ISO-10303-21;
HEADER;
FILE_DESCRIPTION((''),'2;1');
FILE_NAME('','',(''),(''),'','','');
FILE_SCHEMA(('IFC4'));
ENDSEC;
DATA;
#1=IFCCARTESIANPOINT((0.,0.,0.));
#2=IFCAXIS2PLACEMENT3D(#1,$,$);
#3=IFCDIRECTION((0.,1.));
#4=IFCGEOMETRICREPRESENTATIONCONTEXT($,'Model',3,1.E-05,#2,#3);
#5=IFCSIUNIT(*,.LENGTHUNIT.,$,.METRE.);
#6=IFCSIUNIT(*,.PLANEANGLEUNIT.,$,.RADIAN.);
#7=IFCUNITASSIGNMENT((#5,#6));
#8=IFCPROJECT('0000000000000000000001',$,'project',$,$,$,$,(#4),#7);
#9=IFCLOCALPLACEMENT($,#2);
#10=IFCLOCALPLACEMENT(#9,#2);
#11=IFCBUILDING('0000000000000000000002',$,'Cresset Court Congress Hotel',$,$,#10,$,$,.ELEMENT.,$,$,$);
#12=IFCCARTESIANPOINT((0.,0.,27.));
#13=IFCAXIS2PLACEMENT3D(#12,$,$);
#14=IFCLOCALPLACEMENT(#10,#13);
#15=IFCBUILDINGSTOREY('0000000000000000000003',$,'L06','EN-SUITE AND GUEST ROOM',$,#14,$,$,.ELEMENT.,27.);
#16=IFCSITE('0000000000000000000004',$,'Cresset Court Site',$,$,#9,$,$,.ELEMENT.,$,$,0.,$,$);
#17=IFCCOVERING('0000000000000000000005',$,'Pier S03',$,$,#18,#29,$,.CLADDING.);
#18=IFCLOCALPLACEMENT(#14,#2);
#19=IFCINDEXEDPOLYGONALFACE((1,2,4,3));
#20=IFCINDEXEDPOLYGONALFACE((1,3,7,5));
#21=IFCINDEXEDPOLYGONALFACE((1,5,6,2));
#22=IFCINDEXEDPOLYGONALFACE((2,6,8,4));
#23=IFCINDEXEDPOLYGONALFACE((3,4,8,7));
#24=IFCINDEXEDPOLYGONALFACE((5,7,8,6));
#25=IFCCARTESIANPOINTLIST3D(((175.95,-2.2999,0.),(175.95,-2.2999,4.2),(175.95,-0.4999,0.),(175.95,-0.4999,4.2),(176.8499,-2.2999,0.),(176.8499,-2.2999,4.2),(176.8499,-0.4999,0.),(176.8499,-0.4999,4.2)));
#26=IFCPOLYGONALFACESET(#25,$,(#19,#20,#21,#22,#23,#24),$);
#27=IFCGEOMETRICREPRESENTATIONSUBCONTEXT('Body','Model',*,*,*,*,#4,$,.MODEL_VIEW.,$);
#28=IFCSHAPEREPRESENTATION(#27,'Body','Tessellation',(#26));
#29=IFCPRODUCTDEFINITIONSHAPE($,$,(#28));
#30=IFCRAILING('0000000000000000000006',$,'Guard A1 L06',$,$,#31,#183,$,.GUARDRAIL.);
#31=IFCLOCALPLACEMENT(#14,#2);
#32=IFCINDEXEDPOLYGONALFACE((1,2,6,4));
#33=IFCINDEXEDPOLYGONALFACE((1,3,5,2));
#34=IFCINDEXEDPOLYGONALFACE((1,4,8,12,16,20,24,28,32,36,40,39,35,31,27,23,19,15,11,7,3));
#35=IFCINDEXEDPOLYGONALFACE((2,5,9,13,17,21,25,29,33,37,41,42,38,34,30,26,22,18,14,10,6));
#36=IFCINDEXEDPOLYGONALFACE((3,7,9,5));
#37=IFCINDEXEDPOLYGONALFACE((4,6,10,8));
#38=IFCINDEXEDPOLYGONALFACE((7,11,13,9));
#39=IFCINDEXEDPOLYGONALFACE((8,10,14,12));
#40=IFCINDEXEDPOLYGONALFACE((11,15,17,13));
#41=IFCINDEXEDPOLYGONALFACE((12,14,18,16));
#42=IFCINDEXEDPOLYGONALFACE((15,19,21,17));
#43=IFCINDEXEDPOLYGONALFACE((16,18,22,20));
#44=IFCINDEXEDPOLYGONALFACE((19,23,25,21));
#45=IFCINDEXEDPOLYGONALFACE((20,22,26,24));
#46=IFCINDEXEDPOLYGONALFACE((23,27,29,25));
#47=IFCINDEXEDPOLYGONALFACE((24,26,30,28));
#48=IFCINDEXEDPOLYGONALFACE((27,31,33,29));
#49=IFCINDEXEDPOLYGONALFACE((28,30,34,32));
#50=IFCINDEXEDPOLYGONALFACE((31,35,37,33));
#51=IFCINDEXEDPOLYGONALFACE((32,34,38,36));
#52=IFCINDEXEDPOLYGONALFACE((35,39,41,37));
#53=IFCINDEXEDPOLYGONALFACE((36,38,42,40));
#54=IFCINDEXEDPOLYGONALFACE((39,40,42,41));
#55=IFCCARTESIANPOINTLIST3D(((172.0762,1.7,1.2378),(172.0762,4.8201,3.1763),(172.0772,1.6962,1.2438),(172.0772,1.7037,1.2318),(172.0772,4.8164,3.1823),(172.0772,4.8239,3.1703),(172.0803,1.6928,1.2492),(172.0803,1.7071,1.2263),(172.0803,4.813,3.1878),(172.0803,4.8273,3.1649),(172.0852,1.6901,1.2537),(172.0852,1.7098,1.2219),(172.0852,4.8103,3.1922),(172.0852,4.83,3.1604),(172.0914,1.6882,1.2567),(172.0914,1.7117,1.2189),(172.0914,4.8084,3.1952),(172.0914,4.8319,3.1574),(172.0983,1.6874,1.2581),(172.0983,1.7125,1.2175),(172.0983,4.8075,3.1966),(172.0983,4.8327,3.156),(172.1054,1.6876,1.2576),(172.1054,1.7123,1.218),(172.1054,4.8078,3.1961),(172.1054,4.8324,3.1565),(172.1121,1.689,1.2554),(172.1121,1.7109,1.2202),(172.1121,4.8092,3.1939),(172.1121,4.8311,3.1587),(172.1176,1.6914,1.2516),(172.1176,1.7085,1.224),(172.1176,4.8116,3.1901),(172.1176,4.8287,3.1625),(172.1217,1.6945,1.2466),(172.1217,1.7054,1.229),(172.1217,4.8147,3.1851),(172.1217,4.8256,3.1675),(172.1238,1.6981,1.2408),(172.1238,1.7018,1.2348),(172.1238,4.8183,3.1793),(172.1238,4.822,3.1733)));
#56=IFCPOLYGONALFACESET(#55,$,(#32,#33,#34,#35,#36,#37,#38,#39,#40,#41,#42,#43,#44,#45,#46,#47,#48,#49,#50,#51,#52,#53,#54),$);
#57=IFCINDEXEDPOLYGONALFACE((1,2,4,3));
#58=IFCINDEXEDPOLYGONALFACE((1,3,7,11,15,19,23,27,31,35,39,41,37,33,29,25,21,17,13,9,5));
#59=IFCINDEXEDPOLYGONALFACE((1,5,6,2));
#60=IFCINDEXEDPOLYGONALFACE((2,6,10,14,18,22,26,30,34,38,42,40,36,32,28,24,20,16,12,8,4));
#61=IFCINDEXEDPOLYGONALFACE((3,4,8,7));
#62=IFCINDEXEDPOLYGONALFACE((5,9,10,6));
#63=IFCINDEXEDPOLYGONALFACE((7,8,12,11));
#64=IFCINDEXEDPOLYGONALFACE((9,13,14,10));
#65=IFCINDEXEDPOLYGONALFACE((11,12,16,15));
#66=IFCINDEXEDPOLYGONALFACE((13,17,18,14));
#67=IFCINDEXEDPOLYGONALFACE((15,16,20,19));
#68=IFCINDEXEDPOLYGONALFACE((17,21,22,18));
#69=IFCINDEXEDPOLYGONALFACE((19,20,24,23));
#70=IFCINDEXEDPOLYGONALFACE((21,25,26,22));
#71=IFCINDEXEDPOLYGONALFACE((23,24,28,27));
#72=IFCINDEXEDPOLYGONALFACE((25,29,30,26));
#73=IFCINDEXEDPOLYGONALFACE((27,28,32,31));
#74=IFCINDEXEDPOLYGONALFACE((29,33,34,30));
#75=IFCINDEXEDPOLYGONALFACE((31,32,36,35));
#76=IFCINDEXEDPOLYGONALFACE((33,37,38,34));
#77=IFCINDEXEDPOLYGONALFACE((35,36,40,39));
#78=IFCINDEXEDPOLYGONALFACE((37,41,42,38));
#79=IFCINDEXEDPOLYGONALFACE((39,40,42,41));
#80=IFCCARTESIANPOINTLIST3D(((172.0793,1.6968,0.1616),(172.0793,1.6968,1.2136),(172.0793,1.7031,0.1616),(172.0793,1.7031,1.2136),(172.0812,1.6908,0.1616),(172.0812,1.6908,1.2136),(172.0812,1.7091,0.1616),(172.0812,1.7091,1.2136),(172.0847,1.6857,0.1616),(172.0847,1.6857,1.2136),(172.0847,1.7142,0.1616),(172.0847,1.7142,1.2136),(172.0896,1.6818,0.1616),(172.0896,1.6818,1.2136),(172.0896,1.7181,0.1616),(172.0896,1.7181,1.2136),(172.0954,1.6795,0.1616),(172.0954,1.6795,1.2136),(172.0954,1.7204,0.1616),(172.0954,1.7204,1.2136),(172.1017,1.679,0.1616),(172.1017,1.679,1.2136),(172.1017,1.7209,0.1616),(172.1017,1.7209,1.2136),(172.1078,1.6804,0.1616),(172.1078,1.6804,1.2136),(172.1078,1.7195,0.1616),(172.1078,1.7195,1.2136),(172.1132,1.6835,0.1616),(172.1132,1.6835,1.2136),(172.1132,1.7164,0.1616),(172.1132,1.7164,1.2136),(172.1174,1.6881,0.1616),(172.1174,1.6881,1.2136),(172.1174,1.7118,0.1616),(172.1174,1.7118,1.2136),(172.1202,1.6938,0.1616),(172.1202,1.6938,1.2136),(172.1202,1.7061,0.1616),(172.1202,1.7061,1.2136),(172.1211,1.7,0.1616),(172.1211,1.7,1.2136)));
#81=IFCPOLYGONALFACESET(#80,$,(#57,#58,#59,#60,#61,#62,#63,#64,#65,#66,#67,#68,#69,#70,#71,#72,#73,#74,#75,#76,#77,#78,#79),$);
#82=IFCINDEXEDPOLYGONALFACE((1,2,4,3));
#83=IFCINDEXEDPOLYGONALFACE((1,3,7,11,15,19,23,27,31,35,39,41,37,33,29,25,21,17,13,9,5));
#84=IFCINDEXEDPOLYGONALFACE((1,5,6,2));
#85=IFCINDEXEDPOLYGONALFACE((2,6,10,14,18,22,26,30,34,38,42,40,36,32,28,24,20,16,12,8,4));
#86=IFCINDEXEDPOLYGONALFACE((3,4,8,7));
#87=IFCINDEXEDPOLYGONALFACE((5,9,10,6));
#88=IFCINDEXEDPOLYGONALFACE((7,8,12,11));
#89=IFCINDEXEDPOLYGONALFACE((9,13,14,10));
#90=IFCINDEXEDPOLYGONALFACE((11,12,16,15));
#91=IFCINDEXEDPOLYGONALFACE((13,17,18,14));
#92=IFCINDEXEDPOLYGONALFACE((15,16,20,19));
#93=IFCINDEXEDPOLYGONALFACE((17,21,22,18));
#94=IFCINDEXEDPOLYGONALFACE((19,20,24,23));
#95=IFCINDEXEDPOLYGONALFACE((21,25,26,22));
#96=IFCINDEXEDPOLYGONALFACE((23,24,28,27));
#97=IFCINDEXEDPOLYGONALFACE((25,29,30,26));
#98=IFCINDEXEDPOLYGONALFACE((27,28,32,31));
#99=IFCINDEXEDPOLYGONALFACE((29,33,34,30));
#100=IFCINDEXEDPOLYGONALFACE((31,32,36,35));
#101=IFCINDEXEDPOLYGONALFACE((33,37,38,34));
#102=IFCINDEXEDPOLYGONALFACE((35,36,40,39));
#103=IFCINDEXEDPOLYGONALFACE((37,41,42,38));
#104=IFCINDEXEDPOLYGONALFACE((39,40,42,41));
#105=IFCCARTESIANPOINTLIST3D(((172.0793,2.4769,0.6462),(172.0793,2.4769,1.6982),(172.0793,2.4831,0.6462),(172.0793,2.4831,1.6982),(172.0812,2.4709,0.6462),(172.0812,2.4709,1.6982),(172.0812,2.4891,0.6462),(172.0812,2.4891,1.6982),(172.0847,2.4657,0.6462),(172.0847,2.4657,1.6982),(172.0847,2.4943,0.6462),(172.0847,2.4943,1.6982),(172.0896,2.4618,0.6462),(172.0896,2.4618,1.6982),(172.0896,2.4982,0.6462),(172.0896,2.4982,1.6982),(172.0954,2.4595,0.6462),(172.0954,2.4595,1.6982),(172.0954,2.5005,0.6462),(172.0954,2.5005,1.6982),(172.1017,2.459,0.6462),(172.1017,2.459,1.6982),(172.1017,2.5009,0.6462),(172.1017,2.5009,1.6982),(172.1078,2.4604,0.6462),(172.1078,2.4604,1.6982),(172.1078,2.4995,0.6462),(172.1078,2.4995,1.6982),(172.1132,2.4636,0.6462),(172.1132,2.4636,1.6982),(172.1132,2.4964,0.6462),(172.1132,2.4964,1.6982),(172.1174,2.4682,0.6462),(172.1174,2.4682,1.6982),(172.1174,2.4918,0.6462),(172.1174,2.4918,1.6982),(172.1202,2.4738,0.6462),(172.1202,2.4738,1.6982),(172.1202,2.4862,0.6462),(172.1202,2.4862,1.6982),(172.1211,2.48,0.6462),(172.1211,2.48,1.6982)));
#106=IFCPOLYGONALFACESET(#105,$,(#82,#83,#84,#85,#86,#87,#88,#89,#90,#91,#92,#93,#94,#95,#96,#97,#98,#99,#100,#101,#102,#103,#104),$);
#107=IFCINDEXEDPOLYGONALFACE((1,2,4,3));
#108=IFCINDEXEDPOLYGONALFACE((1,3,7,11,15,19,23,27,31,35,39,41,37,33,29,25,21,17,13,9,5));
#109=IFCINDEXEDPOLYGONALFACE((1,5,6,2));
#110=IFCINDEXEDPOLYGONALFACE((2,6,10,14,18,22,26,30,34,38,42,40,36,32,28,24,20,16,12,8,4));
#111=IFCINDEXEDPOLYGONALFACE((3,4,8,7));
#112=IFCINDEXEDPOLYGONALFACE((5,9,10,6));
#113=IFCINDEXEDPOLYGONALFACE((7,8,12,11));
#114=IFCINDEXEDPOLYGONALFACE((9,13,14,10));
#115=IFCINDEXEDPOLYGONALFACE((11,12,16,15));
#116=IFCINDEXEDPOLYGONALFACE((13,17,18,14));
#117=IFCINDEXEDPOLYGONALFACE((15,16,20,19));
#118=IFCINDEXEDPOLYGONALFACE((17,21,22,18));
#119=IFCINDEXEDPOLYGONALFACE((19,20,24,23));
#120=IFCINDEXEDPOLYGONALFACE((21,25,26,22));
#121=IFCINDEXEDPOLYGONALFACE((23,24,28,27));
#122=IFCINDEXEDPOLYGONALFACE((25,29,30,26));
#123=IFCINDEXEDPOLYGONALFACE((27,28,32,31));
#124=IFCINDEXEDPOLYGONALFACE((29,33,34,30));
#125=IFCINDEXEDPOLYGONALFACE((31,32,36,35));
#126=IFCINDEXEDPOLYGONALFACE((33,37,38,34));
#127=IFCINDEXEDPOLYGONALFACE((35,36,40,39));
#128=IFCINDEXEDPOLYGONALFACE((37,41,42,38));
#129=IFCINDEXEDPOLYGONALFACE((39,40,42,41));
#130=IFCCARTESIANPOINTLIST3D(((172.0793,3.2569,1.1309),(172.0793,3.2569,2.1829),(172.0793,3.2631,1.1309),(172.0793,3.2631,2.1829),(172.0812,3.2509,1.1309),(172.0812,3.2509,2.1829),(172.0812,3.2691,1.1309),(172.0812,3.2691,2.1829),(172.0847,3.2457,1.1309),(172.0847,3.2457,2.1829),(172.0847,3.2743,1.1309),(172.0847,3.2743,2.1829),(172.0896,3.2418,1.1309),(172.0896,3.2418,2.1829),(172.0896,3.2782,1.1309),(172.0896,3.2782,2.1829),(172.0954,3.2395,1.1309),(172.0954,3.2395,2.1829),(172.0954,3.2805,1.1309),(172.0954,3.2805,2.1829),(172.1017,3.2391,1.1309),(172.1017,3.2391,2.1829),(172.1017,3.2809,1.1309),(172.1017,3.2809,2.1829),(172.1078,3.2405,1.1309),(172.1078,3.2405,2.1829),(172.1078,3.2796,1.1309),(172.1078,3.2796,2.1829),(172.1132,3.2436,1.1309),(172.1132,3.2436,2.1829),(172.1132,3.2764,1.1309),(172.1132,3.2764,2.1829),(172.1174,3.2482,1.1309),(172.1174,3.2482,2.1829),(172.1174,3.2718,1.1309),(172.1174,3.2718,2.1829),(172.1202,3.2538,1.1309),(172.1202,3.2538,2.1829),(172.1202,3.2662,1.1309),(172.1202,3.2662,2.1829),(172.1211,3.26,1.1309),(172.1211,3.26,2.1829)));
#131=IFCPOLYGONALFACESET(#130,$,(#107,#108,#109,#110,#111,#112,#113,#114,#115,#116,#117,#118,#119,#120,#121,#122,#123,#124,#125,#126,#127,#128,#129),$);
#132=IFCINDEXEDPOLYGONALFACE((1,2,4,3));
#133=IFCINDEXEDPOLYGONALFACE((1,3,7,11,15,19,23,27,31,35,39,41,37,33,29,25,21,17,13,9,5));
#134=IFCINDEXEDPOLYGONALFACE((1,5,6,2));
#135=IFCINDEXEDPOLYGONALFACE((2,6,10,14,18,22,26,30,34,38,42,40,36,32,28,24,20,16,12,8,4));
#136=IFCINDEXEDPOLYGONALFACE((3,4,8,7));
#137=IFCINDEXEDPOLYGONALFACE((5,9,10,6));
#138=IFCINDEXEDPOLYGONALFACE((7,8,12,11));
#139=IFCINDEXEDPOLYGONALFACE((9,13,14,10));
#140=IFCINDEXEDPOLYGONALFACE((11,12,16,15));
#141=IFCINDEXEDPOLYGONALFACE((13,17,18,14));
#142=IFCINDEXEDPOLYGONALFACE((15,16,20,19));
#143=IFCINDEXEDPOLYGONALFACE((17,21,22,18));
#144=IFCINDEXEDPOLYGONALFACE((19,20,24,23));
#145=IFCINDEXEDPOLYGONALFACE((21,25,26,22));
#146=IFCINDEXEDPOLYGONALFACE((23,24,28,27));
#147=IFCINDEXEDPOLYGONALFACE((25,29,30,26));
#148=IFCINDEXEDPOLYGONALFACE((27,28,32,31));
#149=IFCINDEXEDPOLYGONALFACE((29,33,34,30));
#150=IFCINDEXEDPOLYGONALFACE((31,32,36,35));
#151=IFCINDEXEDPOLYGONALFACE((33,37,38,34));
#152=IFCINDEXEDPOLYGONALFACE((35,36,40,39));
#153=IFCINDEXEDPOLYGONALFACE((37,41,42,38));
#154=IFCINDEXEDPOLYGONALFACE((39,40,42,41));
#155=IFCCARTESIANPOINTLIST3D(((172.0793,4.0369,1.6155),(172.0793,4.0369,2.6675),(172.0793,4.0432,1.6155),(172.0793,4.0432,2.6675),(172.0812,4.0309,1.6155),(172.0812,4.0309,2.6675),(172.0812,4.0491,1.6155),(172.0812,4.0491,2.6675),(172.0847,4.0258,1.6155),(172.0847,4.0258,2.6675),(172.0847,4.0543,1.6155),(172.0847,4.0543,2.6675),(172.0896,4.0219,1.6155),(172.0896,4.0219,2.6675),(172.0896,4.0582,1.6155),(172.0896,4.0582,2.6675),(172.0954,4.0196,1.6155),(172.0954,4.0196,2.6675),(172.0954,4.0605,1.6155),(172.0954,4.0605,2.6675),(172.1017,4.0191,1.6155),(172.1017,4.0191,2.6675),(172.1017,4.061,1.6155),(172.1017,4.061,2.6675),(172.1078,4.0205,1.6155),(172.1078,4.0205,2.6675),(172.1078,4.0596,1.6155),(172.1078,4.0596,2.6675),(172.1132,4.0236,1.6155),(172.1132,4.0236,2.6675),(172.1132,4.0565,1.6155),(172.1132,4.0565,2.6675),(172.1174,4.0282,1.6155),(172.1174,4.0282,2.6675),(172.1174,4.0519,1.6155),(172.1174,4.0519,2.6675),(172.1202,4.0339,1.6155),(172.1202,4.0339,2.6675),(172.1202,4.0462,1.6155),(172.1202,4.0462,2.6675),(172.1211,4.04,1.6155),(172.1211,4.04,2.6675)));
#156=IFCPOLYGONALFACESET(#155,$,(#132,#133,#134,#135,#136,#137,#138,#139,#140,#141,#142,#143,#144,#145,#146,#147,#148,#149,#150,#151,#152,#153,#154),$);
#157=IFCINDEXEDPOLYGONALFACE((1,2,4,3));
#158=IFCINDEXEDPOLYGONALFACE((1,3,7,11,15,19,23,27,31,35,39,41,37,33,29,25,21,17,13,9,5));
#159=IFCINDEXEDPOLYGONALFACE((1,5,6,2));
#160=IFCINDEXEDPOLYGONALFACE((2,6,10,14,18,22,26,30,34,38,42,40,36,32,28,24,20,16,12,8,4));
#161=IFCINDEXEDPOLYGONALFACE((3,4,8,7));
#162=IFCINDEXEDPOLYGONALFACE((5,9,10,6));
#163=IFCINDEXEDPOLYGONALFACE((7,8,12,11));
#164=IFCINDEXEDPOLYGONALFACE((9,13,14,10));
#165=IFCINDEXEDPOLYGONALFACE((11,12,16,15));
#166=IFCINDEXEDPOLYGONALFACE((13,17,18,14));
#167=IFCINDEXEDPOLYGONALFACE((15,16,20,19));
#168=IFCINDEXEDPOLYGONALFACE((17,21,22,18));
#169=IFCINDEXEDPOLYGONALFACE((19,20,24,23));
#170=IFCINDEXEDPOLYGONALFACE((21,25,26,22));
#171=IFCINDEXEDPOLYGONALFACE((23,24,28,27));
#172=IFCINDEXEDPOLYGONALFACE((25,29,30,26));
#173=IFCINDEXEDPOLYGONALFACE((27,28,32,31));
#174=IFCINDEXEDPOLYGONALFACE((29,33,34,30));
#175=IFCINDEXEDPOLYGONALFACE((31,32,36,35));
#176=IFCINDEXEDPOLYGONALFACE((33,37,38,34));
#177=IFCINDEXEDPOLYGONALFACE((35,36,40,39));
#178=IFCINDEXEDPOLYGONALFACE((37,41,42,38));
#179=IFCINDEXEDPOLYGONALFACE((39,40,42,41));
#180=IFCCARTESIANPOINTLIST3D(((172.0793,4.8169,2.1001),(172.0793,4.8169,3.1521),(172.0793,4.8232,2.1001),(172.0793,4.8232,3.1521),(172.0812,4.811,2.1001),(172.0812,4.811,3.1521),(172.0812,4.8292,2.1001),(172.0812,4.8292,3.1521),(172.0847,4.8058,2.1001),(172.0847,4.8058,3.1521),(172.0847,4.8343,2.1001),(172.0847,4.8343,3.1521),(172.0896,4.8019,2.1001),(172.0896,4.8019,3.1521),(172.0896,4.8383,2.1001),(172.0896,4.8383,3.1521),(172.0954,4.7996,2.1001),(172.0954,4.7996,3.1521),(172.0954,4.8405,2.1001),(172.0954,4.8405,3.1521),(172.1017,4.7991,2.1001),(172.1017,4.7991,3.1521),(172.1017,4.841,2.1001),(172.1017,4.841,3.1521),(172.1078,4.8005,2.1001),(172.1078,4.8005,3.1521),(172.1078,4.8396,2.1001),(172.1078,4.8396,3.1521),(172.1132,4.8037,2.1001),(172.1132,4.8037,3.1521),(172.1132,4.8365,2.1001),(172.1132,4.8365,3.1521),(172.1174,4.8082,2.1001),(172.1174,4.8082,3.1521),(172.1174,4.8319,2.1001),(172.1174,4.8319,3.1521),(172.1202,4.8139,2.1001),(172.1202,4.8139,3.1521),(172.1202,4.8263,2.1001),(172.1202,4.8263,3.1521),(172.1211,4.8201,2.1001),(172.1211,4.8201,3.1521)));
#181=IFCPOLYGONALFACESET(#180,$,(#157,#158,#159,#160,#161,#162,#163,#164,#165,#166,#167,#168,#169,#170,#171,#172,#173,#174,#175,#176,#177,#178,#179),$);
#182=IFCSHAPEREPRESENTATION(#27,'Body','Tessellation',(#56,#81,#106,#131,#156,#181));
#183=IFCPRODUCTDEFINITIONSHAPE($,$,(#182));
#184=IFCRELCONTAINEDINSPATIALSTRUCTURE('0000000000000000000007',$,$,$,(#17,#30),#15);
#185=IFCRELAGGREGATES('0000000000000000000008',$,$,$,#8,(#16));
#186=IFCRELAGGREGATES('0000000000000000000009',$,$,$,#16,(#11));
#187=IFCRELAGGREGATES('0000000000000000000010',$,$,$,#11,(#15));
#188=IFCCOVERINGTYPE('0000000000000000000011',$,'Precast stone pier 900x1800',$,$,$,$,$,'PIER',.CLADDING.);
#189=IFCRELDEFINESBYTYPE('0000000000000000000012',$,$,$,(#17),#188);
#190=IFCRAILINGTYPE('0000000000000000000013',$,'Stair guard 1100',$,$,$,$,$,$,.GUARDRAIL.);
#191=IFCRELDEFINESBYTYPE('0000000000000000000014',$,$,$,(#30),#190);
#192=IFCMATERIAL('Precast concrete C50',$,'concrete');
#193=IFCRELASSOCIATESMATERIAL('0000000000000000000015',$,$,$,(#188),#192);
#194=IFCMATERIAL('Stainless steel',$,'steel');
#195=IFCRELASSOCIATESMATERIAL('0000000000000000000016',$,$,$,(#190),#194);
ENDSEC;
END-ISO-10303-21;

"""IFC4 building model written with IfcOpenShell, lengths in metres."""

from ifc_helpers import new_model, si_unit, direction, frame, origin, origin_2d, place, context, subcontext, project, spatial, rectangle, circle, extrude, material, type_object, element, save


model = new_model("IFC4")

# Units and contexts
model_context = context("Model", 3, precision=1e-05, world=origin(), true_north=direction((0.0, 1.0)))
body_context = subcontext(model_context, "Body", "Model", "MODEL_VIEW")
ifc_project = project(units=[si_unit("LENGTHUNIT", "METRE"), si_unit("PLANEANGLEUNIT", "RADIAN")], contexts=[model_context])

# Site, building, storey
site_placement = place(None, origin())
site = spatial("IfcSite", under=ifc_project, at=site_placement, Name="Cresset Court Site", CompositionType="ELEMENT", RefElevation=0.0)
building_placement = place(site_placement, origin())
building = spatial("IfcBuilding", under=site, at=building_placement, Name="Cresset Court Congress Hotel", CompositionType="ELEMENT")
storey_placement = place(building_placement, frame((0.0, 0.0, 27.0)))
storey = spatial("IfcBuildingStorey", under=building, at=storey_placement, Name="L06", Description="EN-SUITE AND GUEST ROOM", CompositionType="ELEMENT", Elevation=27.0)

# Covering
ifc_material_1 = material(Name="Precast concrete C50", Category="concrete")
covering_type_1 = type_object("IfcCoveringType", Name="Precast stone pier 900x1800", ElementType="PIER", PredefinedType="CLADDING", material=ifc_material_1)
covering_1_placement = place(storey_placement, frame((176.3999, -1.3999, 0.0), z_axis=(0.0, 0.0, 1.0), x_axis=(1.0, 0.0, 0.0)))
element("IfcCovering", 1, at=covering_1_placement, inside=storey, type_object=covering_type_1, Name="Pier S03", PredefinedType="CLADDING", context=body_context, shape_type="SweptSolid", body=[
    extrude(rectangle(XDim=0.8999, YDim=1.8, at=origin_2d()), origin(), (0.0, 0.0, 1.0), 4.2),
])

# Railing
ifc_material_2 = material(Name="Stainless steel", Category="steel")
railing_type_1 = type_object("IfcRailingType", Name="Stair guard 1100", PredefinedType="GUARDRAIL", material=ifc_material_2)
railing_1_placement = place(storey_placement, frame((172.1001, 1.7, 0.1616)))
element("IfcRailing", 2, at=railing_1_placement, inside=storey, type_object=railing_type_1, Name="Guard A1 L06", PredefinedType="GUARDRAIL", context=body_context, shape_type="SweptSolid", body=[
    extrude(circle(Radius=0.0239, at=origin_2d()), frame((0.0, 0.0, 1.0762), z_axis=(0.0, 0.849414, 0.527727), x_axis=(-1.0, 0.0, 0.0)), (0.0, 0.0, 1.0), 3.6733),
    extrude(circle(Radius=0.021, at=origin_2d()), origin(), (0.0, 0.0, 1.0), 1.052),
    extrude(circle(Radius=0.021, at=origin_2d()), frame((0.0, 0.78, 0.4846)), (0.0, 0.0, 1.0), 1.052),
    extrude(circle(Radius=0.021, at=origin_2d()), frame((0.0, 1.5601, 0.9692)), (0.0, 0.0, 1.0), 1.052),
    extrude(circle(Radius=0.021, at=origin_2d()), frame((0.0, 2.3401, 1.4539)), (0.0, 0.0, 1.0), 1.052),
    extrude(circle(Radius=0.021, at=origin_2d()), frame((0.0, 3.1201, 1.9385)), (0.0, 0.0, 1.0), 1.052),
])

save(model, "model.ifc")
